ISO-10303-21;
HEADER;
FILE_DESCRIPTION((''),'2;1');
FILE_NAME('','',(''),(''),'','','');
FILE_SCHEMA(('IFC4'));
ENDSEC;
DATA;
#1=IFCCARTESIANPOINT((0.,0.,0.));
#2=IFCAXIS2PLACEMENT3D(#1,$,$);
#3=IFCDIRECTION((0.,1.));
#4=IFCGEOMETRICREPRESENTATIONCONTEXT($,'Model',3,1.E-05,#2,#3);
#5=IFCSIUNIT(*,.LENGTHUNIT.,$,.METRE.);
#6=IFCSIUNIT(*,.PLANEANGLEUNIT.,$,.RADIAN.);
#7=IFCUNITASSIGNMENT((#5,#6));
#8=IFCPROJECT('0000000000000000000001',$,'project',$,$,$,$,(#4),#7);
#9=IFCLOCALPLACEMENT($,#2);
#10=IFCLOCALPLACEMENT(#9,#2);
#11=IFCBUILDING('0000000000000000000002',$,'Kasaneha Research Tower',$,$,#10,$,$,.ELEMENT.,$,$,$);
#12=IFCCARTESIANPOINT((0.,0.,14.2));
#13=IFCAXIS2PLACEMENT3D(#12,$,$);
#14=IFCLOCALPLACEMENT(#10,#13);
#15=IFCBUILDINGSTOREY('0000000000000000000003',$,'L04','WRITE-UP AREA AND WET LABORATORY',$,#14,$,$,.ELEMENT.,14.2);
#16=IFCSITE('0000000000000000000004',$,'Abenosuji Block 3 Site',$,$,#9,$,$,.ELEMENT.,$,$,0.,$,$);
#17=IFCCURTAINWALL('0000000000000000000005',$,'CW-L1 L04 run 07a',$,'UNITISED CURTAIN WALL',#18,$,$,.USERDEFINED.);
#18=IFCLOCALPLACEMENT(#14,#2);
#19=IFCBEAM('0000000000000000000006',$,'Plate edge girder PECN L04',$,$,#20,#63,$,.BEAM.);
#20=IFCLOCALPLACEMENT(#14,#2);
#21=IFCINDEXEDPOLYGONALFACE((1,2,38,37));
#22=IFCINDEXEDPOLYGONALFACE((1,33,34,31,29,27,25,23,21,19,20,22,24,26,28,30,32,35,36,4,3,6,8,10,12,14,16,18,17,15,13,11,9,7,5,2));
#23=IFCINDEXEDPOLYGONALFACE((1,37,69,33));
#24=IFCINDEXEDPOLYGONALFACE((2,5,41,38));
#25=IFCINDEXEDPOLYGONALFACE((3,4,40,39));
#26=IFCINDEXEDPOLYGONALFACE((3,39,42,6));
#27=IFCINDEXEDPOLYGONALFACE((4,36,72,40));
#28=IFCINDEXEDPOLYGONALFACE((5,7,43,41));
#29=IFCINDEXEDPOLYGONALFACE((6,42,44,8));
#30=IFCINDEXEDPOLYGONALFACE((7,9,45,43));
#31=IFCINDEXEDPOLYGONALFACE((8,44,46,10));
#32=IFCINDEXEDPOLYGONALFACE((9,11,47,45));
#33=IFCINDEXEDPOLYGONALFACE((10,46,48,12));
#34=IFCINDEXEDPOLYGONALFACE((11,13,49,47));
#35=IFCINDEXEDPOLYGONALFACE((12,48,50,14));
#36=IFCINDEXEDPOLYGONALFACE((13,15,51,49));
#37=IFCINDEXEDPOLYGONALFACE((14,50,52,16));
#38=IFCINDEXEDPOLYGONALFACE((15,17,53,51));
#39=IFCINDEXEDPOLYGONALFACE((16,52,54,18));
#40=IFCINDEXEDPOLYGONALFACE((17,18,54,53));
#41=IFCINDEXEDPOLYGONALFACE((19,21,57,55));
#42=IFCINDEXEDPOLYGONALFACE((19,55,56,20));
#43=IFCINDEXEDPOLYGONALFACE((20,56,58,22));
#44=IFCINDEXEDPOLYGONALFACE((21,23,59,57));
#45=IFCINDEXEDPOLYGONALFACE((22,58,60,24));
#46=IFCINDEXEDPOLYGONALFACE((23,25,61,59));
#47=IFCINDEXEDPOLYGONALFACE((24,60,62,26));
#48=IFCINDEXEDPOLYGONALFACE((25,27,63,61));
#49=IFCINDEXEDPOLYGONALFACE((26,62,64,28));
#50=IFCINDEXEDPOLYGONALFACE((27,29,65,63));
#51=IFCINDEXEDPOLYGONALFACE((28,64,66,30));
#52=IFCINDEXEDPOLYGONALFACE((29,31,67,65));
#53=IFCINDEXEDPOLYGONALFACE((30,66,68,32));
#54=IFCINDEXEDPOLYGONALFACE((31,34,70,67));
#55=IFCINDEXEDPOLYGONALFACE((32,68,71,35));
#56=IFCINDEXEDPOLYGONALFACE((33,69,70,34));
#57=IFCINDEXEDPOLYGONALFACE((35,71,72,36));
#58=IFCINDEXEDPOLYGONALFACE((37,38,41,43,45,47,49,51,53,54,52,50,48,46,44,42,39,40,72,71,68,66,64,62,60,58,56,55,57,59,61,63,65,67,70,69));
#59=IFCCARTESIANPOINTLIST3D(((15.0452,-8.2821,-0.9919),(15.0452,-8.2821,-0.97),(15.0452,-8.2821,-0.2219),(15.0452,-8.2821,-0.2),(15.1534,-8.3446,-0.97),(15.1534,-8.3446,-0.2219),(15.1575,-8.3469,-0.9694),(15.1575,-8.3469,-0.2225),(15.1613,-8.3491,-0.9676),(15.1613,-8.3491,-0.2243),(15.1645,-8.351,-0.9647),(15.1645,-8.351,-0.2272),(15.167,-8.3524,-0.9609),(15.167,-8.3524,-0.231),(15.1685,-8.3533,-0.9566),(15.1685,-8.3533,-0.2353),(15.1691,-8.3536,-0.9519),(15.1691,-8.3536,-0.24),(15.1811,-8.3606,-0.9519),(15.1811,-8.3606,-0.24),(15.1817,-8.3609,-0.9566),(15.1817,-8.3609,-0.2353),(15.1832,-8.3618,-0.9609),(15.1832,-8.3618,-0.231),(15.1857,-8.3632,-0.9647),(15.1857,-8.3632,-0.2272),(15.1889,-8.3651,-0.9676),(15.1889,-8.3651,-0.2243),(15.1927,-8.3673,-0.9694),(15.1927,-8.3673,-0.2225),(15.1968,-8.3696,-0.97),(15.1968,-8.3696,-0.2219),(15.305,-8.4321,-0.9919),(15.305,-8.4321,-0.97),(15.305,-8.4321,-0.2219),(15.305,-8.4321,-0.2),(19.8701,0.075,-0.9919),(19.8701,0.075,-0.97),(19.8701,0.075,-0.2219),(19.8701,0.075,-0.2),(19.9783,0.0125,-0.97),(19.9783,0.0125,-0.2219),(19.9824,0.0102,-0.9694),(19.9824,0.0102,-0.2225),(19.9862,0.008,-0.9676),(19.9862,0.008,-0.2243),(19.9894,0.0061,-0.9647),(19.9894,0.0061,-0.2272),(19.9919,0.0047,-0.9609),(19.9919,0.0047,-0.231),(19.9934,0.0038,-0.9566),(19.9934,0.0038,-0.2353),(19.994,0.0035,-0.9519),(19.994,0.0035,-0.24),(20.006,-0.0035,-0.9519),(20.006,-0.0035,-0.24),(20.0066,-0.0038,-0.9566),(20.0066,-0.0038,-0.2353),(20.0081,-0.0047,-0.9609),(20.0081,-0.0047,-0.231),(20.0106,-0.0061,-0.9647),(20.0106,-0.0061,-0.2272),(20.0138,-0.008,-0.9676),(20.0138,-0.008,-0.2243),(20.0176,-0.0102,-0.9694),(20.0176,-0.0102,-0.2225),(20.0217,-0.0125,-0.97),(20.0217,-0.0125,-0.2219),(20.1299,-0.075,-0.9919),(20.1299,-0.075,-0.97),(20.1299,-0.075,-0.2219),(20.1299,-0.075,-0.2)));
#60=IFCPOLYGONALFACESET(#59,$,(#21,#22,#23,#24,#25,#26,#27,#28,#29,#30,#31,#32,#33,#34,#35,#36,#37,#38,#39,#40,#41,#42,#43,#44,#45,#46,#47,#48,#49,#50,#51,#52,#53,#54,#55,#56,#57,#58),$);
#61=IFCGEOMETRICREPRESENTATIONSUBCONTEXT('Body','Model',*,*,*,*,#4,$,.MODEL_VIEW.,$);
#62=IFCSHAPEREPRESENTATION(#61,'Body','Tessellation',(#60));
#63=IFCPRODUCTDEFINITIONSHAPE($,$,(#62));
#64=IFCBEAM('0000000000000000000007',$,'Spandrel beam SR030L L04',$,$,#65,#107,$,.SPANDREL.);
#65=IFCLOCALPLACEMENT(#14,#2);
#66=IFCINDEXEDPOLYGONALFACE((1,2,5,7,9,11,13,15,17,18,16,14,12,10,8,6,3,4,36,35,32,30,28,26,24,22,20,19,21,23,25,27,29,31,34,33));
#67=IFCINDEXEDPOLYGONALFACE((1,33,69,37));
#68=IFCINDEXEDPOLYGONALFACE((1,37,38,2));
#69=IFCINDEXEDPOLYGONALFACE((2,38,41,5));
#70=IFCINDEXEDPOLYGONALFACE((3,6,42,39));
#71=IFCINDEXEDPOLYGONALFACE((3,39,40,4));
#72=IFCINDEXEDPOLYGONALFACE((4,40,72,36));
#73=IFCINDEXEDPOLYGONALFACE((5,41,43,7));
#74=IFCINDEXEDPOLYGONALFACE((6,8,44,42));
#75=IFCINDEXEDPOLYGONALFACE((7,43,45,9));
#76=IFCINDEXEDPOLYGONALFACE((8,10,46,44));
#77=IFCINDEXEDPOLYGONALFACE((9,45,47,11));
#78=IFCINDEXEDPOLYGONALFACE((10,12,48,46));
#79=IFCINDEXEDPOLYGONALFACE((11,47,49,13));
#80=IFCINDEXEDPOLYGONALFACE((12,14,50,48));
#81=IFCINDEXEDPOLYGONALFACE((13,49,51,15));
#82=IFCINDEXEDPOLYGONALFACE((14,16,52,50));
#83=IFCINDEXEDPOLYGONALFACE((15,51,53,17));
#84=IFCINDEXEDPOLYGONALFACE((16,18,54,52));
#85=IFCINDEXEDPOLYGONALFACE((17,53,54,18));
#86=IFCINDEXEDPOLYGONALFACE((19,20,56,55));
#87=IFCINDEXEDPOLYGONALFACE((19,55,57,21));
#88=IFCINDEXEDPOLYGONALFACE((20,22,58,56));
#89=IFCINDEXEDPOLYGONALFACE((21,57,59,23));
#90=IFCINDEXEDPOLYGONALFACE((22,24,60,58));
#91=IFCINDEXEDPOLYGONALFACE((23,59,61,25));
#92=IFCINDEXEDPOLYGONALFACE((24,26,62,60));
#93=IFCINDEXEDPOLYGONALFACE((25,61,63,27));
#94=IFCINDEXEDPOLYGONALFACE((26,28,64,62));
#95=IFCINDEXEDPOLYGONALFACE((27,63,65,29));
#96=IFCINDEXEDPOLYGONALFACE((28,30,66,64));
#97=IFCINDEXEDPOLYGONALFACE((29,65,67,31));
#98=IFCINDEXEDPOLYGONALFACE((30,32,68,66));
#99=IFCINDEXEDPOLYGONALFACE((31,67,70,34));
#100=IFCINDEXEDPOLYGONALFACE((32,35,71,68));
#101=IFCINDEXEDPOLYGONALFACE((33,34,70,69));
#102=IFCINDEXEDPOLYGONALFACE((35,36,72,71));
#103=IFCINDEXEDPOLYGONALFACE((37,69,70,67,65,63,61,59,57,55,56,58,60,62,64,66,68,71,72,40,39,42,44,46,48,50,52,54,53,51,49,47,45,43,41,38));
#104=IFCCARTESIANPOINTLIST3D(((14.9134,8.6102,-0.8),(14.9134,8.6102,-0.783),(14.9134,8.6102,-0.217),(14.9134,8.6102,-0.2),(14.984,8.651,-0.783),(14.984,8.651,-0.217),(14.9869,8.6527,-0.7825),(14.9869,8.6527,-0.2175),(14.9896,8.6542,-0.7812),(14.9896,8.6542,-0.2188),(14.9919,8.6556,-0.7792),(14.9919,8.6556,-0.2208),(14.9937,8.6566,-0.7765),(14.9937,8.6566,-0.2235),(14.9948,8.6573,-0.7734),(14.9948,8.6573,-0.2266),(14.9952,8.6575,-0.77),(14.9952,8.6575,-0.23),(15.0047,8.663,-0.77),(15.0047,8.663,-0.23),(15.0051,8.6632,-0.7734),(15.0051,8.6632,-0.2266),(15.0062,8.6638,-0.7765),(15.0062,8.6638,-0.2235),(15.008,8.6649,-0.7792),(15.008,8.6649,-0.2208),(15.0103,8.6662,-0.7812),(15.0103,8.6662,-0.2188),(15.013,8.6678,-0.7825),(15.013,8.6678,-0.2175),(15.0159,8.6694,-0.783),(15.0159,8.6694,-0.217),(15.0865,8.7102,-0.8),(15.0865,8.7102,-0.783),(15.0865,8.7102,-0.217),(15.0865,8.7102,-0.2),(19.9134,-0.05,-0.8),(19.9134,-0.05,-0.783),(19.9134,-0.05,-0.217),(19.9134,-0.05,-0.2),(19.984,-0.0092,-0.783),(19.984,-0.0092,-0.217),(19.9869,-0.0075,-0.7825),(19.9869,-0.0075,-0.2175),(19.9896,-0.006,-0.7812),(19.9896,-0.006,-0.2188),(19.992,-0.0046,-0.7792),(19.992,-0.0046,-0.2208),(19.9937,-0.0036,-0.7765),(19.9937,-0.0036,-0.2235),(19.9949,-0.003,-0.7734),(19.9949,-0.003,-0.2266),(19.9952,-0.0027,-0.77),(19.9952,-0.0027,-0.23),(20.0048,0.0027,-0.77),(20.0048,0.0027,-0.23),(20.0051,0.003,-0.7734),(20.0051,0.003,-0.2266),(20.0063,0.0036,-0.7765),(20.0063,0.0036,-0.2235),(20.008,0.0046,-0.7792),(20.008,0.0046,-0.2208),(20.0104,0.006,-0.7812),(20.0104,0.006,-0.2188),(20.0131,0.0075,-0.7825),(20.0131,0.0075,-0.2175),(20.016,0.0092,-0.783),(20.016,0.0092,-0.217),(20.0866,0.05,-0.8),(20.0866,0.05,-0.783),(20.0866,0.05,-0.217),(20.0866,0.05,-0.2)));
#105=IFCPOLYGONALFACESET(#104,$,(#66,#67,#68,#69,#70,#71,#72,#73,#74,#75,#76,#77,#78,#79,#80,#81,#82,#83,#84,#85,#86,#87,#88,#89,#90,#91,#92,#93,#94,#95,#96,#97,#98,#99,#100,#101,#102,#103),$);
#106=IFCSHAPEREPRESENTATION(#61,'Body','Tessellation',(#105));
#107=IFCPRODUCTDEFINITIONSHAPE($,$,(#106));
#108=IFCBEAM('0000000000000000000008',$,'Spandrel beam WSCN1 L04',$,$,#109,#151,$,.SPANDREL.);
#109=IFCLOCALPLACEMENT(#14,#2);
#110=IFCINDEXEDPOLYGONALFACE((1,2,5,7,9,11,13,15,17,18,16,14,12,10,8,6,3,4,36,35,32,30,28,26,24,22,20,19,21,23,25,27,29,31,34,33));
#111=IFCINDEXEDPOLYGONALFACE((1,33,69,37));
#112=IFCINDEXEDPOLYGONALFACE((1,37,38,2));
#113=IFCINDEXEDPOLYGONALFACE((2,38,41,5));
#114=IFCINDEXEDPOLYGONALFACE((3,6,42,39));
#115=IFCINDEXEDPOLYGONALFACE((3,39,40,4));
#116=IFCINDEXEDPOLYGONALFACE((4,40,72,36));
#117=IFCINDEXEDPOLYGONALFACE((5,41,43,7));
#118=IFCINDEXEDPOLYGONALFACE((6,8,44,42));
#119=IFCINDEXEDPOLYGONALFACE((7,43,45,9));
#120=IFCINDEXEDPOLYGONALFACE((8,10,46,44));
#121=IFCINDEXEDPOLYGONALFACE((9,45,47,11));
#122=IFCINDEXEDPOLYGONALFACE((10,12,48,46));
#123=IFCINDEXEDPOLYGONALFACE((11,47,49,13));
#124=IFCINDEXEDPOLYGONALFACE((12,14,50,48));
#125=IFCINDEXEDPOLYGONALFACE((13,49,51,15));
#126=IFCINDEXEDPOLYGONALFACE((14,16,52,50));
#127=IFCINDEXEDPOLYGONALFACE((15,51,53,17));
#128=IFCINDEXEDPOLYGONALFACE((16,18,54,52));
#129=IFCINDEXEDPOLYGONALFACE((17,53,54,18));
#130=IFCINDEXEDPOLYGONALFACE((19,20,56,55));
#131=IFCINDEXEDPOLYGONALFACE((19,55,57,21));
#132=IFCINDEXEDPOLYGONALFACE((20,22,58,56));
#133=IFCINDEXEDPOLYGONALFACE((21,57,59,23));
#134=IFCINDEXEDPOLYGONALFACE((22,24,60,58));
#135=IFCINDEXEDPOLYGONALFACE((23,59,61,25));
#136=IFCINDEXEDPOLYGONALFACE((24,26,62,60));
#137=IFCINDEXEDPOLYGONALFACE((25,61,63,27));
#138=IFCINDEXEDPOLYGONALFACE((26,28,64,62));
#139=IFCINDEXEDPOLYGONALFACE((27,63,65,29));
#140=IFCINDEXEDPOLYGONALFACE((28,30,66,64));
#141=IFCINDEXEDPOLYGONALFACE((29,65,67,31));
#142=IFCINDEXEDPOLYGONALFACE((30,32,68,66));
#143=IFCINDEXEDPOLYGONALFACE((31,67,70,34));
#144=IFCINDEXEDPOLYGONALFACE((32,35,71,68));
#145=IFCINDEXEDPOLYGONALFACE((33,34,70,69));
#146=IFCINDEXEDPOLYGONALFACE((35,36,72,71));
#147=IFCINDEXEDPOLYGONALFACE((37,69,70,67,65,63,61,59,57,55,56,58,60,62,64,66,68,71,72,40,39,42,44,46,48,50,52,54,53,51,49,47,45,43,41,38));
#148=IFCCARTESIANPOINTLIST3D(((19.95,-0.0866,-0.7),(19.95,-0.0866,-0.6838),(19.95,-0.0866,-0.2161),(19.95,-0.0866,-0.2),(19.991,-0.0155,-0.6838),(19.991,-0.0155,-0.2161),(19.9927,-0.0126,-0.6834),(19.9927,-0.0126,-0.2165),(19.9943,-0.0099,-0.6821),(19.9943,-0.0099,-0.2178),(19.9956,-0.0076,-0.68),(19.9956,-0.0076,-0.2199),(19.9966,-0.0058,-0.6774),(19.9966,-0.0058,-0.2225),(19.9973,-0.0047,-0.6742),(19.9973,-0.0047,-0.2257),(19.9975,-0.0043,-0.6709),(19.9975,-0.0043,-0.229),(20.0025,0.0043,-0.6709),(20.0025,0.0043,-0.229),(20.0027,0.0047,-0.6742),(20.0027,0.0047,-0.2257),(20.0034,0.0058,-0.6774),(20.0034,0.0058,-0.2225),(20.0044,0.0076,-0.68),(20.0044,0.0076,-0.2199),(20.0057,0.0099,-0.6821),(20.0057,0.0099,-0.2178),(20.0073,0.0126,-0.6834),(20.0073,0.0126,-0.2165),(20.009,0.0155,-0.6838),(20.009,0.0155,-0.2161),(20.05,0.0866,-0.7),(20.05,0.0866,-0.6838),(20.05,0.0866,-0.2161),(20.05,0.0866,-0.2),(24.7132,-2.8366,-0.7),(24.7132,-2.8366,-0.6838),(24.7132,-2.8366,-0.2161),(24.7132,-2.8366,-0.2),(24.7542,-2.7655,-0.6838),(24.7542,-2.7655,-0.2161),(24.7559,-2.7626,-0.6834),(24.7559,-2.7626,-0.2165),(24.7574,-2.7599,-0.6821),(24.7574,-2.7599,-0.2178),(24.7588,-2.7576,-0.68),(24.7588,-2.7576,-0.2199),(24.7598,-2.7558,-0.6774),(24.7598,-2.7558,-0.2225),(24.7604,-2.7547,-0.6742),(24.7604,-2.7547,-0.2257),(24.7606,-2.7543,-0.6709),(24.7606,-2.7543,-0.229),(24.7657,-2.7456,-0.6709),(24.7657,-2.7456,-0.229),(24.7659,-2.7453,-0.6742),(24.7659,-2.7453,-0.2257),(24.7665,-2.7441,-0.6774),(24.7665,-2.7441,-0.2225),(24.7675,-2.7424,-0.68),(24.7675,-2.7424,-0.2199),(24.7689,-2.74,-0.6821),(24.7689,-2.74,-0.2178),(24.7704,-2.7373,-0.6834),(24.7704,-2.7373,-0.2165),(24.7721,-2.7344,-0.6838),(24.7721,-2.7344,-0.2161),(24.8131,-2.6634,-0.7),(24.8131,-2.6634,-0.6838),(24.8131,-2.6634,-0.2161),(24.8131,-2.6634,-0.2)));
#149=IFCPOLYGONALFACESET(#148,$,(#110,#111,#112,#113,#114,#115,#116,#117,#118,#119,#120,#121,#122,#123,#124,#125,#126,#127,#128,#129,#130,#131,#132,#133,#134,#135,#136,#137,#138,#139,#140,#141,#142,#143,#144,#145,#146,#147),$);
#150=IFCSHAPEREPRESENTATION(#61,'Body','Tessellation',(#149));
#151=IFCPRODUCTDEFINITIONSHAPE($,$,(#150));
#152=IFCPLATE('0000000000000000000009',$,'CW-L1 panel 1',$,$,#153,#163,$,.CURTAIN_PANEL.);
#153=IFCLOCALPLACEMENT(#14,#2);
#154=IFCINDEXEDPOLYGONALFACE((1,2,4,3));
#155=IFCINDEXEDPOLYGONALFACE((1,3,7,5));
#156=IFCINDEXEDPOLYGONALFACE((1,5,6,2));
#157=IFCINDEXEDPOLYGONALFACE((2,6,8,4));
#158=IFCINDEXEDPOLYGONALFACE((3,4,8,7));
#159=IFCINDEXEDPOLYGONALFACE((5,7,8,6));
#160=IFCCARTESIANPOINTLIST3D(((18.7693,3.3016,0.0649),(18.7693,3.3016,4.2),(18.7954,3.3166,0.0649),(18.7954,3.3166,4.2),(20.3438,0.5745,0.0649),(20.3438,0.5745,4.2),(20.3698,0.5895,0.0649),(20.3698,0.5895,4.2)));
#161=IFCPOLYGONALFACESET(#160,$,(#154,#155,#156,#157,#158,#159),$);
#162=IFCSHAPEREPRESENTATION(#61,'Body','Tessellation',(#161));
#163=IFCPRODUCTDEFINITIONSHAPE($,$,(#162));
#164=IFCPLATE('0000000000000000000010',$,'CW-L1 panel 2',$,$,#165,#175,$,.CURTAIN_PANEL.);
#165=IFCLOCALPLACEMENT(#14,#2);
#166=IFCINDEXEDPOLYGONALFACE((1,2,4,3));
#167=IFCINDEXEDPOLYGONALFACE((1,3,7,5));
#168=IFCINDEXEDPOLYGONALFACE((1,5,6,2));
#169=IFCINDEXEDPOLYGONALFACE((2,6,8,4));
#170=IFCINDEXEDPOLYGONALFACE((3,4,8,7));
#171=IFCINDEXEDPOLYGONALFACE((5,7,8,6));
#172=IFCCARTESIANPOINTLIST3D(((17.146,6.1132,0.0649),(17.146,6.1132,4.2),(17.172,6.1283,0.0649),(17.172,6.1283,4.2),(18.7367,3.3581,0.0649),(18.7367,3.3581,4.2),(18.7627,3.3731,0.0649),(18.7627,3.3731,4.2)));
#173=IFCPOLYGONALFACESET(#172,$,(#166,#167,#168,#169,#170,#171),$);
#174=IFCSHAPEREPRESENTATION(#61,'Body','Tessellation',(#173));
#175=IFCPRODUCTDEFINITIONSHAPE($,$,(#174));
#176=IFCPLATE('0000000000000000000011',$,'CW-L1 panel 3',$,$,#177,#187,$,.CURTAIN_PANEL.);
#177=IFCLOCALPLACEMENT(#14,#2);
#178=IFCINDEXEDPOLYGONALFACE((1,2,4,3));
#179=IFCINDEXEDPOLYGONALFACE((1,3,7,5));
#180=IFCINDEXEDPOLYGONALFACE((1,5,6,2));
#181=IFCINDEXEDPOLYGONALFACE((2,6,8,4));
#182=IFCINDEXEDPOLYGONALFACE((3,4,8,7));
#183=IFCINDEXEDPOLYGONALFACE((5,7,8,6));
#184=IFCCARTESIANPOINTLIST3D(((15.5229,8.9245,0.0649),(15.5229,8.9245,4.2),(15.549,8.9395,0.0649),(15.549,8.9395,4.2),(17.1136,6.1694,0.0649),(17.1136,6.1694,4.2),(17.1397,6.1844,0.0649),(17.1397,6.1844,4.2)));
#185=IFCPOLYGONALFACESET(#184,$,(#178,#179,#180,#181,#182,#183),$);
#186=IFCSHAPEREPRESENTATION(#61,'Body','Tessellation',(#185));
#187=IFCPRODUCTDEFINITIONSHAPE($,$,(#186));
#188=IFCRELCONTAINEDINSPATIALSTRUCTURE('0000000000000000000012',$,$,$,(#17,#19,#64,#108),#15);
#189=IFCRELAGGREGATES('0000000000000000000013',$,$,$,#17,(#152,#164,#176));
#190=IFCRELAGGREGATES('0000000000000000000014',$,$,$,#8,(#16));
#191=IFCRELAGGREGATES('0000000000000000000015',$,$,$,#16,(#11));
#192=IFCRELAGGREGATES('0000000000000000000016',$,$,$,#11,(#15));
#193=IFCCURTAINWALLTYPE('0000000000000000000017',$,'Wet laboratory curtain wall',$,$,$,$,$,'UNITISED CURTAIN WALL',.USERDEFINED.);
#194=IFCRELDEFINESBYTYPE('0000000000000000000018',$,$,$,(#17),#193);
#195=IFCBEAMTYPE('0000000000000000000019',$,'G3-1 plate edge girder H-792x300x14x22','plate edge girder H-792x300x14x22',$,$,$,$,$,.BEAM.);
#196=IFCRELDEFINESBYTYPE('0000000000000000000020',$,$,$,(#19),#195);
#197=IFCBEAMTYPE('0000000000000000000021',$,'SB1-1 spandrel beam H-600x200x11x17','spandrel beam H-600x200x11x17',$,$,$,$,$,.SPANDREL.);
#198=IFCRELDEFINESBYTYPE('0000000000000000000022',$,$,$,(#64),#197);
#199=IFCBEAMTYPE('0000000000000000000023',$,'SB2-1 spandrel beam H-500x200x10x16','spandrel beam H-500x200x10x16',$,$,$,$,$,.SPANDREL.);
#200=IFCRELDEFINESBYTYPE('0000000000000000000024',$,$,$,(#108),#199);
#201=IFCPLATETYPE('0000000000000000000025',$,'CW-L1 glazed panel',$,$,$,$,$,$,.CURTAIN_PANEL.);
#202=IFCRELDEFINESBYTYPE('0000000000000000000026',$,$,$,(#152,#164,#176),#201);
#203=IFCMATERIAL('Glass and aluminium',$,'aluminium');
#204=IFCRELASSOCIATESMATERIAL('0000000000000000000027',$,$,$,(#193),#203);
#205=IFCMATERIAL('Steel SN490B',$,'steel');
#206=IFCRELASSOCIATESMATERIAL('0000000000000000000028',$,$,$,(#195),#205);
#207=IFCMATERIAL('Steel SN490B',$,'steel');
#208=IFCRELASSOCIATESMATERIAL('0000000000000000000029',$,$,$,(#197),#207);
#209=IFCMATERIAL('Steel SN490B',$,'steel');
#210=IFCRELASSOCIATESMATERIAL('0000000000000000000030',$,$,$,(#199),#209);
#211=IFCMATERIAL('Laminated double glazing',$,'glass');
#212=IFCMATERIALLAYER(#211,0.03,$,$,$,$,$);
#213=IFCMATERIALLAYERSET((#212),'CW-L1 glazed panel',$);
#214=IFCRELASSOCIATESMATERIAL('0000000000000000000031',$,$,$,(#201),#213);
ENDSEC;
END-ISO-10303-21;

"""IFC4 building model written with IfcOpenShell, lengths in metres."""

from ifc_helpers import new_model, si_unit, direction, frame, origin, origin_2d, place, context, subcontext, project, spatial, rectangle, i_section, extrude, material, layer, layer_set, material_profile, profile_set, type_object, element, aggregate, save


model = new_model("IFC4")

# Units and contexts
model_context = context("Model", 3, precision=1e-05, world=origin(), true_north=direction((0.0, 1.0)))
body_context = subcontext(model_context, "Body", "Model", "MODEL_VIEW")
ifc_project = project(units=[si_unit("LENGTHUNIT", "METRE"), si_unit("PLANEANGLEUNIT", "RADIAN")], contexts=[model_context])

# Site, building, storey
site_placement = place(None, origin())
site = spatial("IfcSite", under=ifc_project, at=site_placement, Name="Abenosuji Block 3 Site", CompositionType="ELEMENT", RefElevation=0.0)
building_placement = place(site_placement, origin())
building = spatial("IfcBuilding", under=site, at=building_placement, Name="Kasaneha Research Tower", CompositionType="ELEMENT")
storey_placement = place(building_placement, frame((0.0, 0.0, 14.2)))
storey = spatial("IfcBuildingStorey", under=building, at=storey_placement, Name="L04", Description="WRITE-UP AREA AND WET LABORATORY", CompositionType="ELEMENT", Elevation=14.2)

# Shared definitions
ifc_material_1 = material(Name="Glass and aluminium", Category="aluminium")
curtain_wall_type = type_object("IfcCurtainWallType", Name="Wet laboratory curtain wall", ElementType="UNITISED CURTAIN WALL", PredefinedType="USERDEFINED", material=ifc_material_1)

# Curtain wall
curtain_wall_1_placement = place(storey_placement, origin())
curtain_wall_1 = element("IfcCurtainWall", 1, at=curtain_wall_1_placement, inside=storey, type_object=curtain_wall_type, Name="CW-L1 L04 run 07a", ObjectType="UNITISED CURTAIN WALL", PredefinedType="USERDEFINED")

# Beams
ifc_material_2 = material(Name="Steel SN490B", Category="steel")
ifc_material_profile_1 = material_profile(ifc_material_2, i_section(OverallWidth=0.3, OverallDepth=0.792, WebThickness=0.0139, FlangeThickness=0.022, FilletRadius=0.0181, at=origin_2d()), Name="H-792x300x14x22")
ifc_profile_set_1 = profile_set([ifc_material_profile_1], Name="Steel SN490B")
beam_type_1 = type_object("IfcBeamType", Name="G3-1 plate edge girder H-792x300x14x22", Description="plate edge girder H-792x300x14x22", PredefinedType="BEAM", material=ifc_profile_set_1)
beam_1_placement = place(storey_placement, frame((20.0, 0.0, -0.5959), z_axis=(-0.499995, -0.866028, 0.0), x_axis=(0.866028, -0.499995, 0.0)))
element("IfcBeam", 2, at=beam_1_placement, inside=storey, type_object=beam_type_1, Name="Plate edge girder PECN L04", PredefinedType="BEAM", context=body_context, shape_type="SweptSolid", body=[
    extrude(i_section(OverallWidth=0.3, OverallDepth=0.792, WebThickness=0.0139, FlangeThickness=0.022, FilletRadius=0.0181, at=origin_2d()), origin(), (0.0, 0.0, 1.0), 9.6499),
])
ifc_material_3 = material(Name="Steel SN490B", Category="steel")
ifc_material_profile_2 = material_profile(ifc_material_3, i_section(OverallWidth=0.2, OverallDepth=0.6001, WebThickness=0.011, FlangeThickness=0.0171, FilletRadius=0.0129, at=origin_2d()), Name="H-600x200x11x17")
ifc_profile_set_2 = profile_set([ifc_material_profile_2], Name="Steel SN490B")
beam_type_2 = type_object("IfcBeamType", Name="SB1-1 spandrel beam H-600x200x11x17", Description="spandrel beam H-600x200x11x17", PredefinedType="SPANDREL", material=ifc_profile_set_2)
beam_2_placement = place(storey_placement, frame((20.0, 0.0, -0.5), z_axis=(-0.500004, 0.866023, 0.0), x_axis=(-0.866023, -0.500004, 0.0)))
element("IfcBeam", 3, at=beam_2_placement, inside=storey, type_object=beam_type_2, Name="Spandrel beam SR030L L04", PredefinedType="SPANDREL", context=body_context, shape_type="SweptSolid", body=[
    extrude(i_section(OverallWidth=0.2, OverallDepth=0.6001, WebThickness=0.011, FlangeThickness=0.0171, FilletRadius=0.0129, at=origin_2d()), origin(), (0.0, 0.0, 1.0), 10.0),
])
ifc_material_4 = material(Name="Steel SN490B", Category="steel")
ifc_material_profile_3 = material_profile(ifc_material_4, i_section(OverallWidth=0.2, OverallDepth=0.5, WebThickness=0.01, FlangeThickness=0.0161, FilletRadius=0.0129, at=origin_2d()), Name="H-500x200x10x16")
ifc_profile_set_3 = profile_set([ifc_material_profile_3], Name="Steel SN490B")
beam_type_3 = type_object("IfcBeamType", Name="SB2-1 spandrel beam H-500x200x10x16", Description="spandrel beam H-500x200x10x16", PredefinedType="SPANDREL", material=ifc_profile_set_3)
beam_3_placement = place(storey_placement, frame((20.0, 0.0, -0.45), z_axis=(0.866027, -0.499997, 0.0), x_axis=(0.499997, 0.866027, 0.0)))
element("IfcBeam", 4, at=beam_3_placement, inside=storey, type_object=beam_type_3, Name="Spandrel beam WSCN1 L04", PredefinedType="SPANDREL", context=body_context, shape_type="SweptSolid", body=[
    extrude(i_section(OverallWidth=0.2, OverallDepth=0.5, WebThickness=0.01, FlangeThickness=0.0161, FilletRadius=0.0129, at=origin_2d()), origin(), (0.0, 0.0, 1.0), 5.5),
])

# Plates
ifc_material_5 = material(Name="Laminated double glazing", Category="glass")
ifc_layer_1 = layer(ifc_material_5, 0.03)
ifc_layer_set_1 = layer_set([ifc_layer_1], Name="CW-L1 glazed panel")
plate_type = type_object("IfcPlateType", Name="CW-L1 glazed panel", PredefinedType="CURTAIN_PANEL", material=ifc_layer_set_1)
plate_1_placement = place(storey_placement, frame((19.5696, 1.9456, 0.0649), z_axis=(0.0, 0.0, 1.0), x_axis=(-0.5, 0.866025, 0.0)))
plate_1 = element("IfcPlate", 5, at=plate_1_placement, type_object=plate_type, Name="CW-L1 panel 1", PredefinedType="CURTAIN_PANEL", context=body_context, shape_type="SweptSolid", body=[
    extrude(rectangle(XDim=3.1489, YDim=0.03, at=origin_2d()), origin(), (0.0, 0.0, 1.0), 4.135),
])
plate_2_placement = place(storey_placement, frame((17.9543, 4.7432, 0.0649), z_axis=(0.0, 0.0, 1.0), x_axis=(-0.5, 0.866025, 0.0)))
plate_2 = element("IfcPlate", 6, at=plate_2_placement, type_object=plate_type, Name="CW-L1 panel 2", PredefinedType="CURTAIN_PANEL", context=body_context, shape_type="SweptSolid", body=[
    extrude(rectangle(XDim=3.1814, YDim=0.03, at=origin_2d()), origin(), (0.0, 0.0, 1.0), 4.135),
])
plate_3_placement = place(storey_placement, frame((16.3313, 7.5544, 0.0649), z_axis=(0.0, 0.0, 1.0), x_axis=(-0.5, 0.866025, 0.0)))
plate_3 = element("IfcPlate", 7, at=plate_3_placement, type_object=plate_type, Name="CW-L1 panel 3", PredefinedType="CURTAIN_PANEL", context=body_context, shape_type="SweptSolid", body=[
    extrude(rectangle(XDim=3.1814, YDim=0.03, at=origin_2d()), origin(), (0.0, 0.0, 1.0), 4.135),
])
aggregate(curtain_wall_1, [plate_1, plate_2, plate_3])

save(model, "model.ifc")
